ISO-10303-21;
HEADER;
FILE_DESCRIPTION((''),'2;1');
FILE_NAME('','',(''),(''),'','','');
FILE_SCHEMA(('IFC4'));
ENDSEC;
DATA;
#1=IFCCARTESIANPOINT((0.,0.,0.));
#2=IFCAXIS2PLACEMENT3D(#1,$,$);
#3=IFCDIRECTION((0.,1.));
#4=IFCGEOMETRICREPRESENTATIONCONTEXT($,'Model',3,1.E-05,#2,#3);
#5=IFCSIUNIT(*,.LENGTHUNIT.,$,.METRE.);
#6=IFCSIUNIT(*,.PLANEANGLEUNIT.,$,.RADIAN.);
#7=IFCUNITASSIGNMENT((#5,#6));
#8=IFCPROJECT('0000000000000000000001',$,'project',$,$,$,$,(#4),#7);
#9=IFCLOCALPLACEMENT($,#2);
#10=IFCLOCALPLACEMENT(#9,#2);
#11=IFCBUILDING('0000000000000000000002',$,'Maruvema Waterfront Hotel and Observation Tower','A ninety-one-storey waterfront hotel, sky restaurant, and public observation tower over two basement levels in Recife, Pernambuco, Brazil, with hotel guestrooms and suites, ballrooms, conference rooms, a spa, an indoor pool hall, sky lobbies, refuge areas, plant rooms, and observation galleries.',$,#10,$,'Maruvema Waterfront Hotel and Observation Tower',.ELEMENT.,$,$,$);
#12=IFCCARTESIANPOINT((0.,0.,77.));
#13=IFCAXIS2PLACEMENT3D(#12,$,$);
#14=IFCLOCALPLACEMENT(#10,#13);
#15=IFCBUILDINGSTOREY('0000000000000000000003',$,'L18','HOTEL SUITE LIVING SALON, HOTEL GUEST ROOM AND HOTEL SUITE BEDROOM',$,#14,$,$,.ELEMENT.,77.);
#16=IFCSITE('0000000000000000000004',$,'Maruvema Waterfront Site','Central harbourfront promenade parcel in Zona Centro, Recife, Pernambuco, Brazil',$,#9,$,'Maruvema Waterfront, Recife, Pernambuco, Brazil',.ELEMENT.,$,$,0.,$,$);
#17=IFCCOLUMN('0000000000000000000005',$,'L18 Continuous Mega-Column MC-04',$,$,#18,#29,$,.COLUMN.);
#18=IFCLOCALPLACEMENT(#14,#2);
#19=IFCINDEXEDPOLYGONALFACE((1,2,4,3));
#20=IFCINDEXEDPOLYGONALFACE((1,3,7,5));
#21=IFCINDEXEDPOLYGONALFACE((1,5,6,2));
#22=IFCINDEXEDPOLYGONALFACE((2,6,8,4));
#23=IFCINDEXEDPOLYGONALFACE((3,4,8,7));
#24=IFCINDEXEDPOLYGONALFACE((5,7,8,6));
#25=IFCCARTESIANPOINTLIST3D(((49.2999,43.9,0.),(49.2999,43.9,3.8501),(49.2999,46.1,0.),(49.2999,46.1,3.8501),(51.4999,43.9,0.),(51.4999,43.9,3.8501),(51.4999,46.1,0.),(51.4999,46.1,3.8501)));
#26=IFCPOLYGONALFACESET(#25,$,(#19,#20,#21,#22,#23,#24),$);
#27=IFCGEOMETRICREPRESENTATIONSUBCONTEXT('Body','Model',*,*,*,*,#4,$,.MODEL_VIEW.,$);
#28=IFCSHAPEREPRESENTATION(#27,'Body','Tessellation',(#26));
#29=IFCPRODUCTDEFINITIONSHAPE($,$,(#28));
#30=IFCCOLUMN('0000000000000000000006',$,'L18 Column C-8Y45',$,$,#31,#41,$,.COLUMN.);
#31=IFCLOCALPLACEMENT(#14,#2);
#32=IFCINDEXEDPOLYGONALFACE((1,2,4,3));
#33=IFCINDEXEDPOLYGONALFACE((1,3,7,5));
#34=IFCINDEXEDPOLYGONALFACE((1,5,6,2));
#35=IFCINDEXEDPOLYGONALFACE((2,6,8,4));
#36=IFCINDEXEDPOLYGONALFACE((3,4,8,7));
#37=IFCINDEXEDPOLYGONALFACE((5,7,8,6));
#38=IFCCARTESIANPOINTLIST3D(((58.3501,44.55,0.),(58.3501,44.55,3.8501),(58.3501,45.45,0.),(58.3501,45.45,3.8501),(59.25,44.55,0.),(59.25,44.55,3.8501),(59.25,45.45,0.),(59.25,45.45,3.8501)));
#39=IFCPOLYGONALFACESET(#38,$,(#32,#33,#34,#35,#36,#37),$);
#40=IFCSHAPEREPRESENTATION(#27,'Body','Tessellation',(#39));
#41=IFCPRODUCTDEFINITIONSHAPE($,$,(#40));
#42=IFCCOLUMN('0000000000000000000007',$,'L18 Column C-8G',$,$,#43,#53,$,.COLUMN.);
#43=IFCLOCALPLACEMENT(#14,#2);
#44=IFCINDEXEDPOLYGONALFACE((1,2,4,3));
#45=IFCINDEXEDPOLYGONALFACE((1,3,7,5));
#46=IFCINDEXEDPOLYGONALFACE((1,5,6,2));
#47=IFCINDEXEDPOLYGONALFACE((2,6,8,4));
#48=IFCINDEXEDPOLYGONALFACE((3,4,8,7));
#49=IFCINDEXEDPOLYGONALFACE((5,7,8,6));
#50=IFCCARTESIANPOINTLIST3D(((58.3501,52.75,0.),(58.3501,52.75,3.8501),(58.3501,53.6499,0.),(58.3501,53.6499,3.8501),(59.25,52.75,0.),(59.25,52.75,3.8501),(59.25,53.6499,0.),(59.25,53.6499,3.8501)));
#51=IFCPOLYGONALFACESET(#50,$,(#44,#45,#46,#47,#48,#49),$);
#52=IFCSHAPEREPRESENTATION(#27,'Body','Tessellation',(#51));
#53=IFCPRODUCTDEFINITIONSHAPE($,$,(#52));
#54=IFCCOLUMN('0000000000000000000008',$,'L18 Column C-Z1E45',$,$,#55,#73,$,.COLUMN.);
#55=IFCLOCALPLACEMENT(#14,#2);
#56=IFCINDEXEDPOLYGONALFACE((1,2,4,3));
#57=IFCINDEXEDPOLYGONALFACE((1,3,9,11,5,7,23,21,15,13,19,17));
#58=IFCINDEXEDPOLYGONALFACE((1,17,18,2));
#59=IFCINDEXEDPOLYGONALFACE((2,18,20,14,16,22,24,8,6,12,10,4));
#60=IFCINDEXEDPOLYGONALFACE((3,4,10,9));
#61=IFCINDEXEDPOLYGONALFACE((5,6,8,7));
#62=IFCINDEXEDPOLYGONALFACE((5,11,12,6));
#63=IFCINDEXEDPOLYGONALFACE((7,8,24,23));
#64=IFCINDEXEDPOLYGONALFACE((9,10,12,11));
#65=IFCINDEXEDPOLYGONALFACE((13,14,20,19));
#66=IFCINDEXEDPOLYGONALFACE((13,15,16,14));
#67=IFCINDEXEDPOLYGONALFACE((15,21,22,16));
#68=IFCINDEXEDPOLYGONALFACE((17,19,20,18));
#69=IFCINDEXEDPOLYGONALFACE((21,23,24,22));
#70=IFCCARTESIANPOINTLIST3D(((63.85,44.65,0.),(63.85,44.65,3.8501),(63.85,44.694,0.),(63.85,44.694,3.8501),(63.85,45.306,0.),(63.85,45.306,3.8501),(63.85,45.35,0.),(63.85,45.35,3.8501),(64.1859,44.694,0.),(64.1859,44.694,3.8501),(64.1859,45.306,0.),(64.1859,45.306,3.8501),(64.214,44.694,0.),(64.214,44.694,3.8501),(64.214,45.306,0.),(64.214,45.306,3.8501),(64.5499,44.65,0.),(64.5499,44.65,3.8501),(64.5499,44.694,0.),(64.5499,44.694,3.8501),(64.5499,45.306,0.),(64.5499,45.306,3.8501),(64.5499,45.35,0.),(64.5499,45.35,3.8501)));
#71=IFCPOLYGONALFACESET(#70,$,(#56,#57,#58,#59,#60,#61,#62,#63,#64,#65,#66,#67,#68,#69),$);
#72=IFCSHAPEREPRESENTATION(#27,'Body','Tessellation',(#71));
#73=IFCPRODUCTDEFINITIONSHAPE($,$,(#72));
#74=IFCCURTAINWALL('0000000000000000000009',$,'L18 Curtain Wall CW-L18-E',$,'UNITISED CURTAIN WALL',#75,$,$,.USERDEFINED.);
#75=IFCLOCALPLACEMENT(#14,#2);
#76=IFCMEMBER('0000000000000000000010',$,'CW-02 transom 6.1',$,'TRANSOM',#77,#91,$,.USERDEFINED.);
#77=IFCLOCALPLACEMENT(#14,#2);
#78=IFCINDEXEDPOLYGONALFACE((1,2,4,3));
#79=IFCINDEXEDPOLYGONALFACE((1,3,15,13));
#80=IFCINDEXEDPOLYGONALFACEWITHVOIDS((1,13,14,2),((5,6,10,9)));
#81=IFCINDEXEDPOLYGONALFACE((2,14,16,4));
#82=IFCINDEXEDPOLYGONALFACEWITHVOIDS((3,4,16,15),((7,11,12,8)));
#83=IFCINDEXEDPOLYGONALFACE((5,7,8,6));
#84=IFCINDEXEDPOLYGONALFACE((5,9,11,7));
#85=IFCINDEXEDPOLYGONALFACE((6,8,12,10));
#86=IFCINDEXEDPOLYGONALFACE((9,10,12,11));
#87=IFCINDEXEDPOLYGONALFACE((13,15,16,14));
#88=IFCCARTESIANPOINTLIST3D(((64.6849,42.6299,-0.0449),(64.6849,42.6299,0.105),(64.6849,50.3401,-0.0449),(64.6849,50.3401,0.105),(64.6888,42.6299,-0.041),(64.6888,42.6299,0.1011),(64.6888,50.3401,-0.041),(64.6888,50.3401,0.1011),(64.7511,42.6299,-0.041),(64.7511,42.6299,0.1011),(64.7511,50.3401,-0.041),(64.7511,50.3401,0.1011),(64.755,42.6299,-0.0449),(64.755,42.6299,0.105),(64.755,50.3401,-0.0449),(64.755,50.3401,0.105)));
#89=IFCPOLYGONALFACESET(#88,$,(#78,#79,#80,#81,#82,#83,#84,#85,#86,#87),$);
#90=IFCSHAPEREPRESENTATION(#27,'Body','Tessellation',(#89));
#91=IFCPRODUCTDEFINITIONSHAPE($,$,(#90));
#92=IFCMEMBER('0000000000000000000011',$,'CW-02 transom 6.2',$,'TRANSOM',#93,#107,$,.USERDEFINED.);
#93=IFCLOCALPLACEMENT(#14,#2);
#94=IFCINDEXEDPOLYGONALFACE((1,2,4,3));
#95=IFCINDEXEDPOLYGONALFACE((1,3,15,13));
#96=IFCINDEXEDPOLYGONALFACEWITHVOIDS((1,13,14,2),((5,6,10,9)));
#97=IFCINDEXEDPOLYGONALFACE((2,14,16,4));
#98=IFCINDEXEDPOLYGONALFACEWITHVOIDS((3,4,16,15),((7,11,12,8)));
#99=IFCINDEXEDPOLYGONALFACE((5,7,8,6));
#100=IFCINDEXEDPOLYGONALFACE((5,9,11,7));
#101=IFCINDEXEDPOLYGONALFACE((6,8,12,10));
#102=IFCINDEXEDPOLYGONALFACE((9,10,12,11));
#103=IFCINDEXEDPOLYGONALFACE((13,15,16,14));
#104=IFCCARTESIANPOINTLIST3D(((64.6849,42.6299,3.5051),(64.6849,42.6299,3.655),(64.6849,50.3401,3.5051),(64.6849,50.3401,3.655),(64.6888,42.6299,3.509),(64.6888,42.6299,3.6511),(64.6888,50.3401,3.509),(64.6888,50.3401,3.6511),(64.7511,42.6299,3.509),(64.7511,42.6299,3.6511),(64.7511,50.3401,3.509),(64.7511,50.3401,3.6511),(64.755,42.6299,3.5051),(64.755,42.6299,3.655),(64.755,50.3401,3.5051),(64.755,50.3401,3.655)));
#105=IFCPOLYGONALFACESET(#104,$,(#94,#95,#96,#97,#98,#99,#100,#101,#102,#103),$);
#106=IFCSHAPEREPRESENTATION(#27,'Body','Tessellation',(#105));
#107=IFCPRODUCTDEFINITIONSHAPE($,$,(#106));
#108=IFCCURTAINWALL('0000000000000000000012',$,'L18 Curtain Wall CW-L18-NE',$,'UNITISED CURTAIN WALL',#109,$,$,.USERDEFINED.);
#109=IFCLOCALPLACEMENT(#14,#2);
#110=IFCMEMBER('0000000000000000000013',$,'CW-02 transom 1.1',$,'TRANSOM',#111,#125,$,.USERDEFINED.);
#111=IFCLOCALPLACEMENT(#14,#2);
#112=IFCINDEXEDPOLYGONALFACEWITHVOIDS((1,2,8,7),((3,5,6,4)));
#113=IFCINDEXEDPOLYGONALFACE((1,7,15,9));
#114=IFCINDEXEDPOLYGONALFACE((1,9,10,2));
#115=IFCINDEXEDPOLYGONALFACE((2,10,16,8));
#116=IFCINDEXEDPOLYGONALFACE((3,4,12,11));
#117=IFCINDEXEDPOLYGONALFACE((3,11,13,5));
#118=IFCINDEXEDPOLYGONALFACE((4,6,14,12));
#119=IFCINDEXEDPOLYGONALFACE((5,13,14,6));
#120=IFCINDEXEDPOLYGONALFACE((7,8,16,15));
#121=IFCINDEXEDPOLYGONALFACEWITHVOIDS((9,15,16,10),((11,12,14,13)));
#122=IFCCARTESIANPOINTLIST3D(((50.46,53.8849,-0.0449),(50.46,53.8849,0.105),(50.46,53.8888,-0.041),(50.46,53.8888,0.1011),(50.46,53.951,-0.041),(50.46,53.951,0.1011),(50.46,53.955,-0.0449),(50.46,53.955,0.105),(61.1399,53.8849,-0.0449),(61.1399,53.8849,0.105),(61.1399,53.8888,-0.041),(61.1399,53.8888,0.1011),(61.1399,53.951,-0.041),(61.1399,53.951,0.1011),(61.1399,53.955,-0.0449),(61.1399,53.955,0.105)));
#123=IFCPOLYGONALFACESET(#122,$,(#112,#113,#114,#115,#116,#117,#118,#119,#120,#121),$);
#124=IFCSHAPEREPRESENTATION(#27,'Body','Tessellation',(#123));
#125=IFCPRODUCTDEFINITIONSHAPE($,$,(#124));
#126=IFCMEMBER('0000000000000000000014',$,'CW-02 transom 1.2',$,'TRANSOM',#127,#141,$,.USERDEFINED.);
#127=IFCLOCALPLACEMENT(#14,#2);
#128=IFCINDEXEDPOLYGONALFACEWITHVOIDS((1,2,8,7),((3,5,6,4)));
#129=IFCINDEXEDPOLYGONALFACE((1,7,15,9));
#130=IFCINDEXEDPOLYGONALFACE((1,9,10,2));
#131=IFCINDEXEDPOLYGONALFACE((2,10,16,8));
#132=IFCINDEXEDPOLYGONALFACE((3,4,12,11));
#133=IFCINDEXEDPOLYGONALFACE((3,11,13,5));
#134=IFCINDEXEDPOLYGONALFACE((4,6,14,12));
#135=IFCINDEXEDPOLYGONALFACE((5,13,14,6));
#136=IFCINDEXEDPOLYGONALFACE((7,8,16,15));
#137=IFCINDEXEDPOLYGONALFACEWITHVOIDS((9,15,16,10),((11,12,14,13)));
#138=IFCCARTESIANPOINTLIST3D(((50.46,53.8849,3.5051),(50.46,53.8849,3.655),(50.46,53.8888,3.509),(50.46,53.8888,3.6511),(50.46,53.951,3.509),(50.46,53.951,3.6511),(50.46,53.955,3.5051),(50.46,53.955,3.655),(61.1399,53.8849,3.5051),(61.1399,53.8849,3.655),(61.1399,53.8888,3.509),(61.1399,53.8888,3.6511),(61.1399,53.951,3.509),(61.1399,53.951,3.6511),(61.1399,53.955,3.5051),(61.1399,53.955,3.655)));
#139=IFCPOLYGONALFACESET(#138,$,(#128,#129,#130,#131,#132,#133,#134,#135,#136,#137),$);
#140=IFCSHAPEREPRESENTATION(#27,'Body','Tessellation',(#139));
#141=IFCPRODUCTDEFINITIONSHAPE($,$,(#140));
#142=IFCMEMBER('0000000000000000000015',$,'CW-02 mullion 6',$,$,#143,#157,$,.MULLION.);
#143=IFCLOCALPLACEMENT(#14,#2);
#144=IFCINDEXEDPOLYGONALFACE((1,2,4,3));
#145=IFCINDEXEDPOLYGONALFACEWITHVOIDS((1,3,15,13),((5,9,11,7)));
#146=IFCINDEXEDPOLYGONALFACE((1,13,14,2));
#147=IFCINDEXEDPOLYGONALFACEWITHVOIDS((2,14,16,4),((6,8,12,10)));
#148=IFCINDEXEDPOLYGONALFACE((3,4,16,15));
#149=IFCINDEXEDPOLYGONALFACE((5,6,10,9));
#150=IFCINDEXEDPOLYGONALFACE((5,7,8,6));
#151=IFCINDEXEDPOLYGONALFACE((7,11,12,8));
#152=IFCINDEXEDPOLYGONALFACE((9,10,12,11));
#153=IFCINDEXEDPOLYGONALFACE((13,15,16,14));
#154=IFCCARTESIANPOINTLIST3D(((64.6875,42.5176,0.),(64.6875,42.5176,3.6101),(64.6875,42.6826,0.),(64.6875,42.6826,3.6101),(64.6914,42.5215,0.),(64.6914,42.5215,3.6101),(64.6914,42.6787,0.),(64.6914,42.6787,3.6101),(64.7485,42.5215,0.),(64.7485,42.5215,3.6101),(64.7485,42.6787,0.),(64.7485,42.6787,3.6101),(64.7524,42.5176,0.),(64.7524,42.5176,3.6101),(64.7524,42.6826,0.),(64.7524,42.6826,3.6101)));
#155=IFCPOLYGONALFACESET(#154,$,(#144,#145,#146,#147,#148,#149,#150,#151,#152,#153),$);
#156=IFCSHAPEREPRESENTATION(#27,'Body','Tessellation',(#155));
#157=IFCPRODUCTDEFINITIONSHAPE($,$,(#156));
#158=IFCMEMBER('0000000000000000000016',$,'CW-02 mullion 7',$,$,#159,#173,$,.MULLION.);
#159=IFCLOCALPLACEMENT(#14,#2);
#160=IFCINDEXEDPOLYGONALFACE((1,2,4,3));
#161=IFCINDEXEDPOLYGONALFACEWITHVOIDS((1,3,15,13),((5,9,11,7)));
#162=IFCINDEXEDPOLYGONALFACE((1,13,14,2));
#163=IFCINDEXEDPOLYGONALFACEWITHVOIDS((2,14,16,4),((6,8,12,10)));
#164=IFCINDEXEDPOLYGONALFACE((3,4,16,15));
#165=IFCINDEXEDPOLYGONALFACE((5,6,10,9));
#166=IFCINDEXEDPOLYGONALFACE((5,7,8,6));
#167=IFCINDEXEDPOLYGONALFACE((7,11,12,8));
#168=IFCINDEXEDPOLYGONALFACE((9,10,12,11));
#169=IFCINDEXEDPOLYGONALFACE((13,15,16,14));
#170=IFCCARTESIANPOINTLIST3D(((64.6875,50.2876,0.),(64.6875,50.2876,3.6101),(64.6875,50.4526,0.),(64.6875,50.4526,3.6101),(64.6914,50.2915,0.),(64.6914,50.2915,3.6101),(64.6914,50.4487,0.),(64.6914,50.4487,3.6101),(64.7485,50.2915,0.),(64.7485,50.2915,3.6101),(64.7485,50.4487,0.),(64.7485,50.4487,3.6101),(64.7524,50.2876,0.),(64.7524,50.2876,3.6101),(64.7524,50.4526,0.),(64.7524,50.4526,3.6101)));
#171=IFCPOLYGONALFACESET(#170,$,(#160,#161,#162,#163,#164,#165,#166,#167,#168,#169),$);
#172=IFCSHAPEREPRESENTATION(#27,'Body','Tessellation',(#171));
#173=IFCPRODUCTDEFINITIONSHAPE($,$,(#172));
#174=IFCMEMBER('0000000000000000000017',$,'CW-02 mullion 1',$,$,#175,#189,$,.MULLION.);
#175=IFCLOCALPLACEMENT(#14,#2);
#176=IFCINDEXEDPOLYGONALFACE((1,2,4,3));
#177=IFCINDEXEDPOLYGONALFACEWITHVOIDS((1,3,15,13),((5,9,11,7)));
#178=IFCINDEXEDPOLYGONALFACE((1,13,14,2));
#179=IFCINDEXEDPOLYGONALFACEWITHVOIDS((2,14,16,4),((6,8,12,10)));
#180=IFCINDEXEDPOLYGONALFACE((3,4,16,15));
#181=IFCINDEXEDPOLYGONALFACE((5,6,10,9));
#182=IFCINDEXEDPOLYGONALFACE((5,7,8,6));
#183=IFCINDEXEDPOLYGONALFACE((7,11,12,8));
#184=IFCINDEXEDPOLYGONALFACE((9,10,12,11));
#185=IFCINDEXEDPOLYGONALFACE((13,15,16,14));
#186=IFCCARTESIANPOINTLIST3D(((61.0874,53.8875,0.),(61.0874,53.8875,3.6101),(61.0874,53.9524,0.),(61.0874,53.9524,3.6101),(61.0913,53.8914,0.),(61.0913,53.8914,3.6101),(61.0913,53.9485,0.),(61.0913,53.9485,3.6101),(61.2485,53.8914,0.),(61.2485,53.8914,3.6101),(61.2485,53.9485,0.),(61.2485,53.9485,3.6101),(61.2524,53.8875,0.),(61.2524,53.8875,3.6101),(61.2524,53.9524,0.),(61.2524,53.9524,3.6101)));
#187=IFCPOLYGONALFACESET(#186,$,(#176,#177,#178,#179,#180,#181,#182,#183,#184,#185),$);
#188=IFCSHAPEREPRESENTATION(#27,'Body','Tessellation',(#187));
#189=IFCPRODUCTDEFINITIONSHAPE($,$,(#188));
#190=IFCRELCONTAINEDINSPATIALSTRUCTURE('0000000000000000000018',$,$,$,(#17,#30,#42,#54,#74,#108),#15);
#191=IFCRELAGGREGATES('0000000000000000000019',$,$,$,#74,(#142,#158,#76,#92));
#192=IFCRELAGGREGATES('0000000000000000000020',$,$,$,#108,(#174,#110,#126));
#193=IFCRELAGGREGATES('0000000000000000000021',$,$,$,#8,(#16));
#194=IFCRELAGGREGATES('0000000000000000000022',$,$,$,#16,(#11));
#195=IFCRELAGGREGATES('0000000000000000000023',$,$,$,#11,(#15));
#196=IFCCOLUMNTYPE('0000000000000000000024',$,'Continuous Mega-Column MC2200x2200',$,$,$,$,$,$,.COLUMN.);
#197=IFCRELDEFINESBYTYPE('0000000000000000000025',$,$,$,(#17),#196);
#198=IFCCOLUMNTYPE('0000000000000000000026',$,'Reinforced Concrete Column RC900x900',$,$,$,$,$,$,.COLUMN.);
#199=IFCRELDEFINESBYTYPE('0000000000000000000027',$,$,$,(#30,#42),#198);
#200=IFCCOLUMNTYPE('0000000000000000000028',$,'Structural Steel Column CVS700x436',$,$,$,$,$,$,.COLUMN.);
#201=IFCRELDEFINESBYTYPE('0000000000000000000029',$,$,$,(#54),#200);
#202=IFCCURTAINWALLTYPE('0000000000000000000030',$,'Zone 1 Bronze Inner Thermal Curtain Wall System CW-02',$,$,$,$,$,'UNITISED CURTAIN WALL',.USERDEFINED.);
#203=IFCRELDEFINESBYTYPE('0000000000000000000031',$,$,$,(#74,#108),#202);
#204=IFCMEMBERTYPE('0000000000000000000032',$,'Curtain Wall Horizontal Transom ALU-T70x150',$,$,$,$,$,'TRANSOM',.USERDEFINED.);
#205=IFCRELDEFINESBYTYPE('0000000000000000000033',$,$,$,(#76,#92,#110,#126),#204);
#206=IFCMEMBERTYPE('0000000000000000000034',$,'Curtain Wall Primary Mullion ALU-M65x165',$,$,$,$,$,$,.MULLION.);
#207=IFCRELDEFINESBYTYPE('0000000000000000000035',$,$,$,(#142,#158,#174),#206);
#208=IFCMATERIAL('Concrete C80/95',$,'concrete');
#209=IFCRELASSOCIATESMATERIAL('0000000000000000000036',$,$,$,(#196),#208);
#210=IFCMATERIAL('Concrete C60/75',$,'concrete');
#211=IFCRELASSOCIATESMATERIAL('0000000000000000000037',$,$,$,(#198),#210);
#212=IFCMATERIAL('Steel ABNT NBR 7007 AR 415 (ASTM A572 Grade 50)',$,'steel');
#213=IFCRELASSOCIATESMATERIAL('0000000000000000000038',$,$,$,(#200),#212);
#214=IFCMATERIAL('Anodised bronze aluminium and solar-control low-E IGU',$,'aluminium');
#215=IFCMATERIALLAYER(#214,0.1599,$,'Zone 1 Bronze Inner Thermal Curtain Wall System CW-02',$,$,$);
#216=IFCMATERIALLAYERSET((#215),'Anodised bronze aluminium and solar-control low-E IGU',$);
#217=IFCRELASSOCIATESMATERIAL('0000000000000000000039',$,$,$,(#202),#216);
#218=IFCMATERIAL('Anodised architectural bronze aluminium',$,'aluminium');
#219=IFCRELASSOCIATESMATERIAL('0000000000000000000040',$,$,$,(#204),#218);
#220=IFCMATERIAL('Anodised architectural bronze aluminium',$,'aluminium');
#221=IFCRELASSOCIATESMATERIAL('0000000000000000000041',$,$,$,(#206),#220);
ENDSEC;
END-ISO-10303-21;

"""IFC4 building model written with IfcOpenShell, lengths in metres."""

from ifc_helpers import new_model, si_unit, direction, frame, origin, origin_2d, place, context, subcontext, project, spatial, rectangle, hollow_rectangle, i_section, extrude, material, layer, layer_set, material_profile, profile_set, type_object, element, aggregate, save


model = new_model("IFC4")

# Units and contexts
model_context = context("Model", 3, precision=1e-05, world=origin(), true_north=direction((0.0, 1.0)))
body_context = subcontext(model_context, "Body", "Model", "MODEL_VIEW")
ifc_project = project(units=[si_unit("LENGTHUNIT", "METRE"), si_unit("PLANEANGLEUNIT", "RADIAN")], contexts=[model_context])

# Site, building, storey
site_placement = place(None, origin())
site = spatial("IfcSite", under=ifc_project, at=site_placement, Name="Maruvema Waterfront Site", Description="Central harbourfront promenade parcel in Zona Centro, Recife, Pernambuco, Brazil", LongName="Maruvema Waterfront, Recife, Pernambuco, Brazil", CompositionType="ELEMENT", RefElevation=0.0)
building_placement = place(site_placement, origin())
building = spatial("IfcBuilding", under=site, at=building_placement, Name="Maruvema Waterfront Hotel and Observation Tower", Description="A ninety-one-storey waterfront hotel, sky restaurant, and public observation tower over two basement levels in Recife, Pernambuco, Brazil, with hotel guestrooms and suites, ballrooms, conference rooms, a spa, an indoor pool hall, sky lobbies, refuge areas, plant rooms, and observation galleries.", LongName="Maruvema Waterfront Hotel and Observation Tower", CompositionType="ELEMENT")
storey_placement = place(building_placement, frame((0.0, 0.0, 77.0)))
storey = spatial("IfcBuildingStorey", under=building, at=storey_placement, Name="L18", Description="HOTEL SUITE LIVING SALON, HOTEL GUEST ROOM AND HOTEL SUITE BEDROOM", CompositionType="ELEMENT", Elevation=77.0)

# Columns
ifc_material_1 = material(Name="Concrete C80/95", Category="concrete")
ifc_material_profile_1 = material_profile(ifc_material_1, rectangle(XDim=2.2, YDim=2.2, at=origin_2d()), Name="MC2200x2200")
ifc_profile_set_1 = profile_set([ifc_material_profile_1], Name="Concrete C80/95")
column_type_1 = type_object("IfcColumnType", Name="Continuous Mega-Column MC2200x2200", PredefinedType="COLUMN", material=ifc_profile_set_1)
column_1_placement = place(storey_placement, frame((50.3999, 45.0, 0.0), z_axis=(0.0, 0.0, 1.0), x_axis=(1.0, 0.0, 0.0)))
element("IfcColumn", 1, at=column_1_placement, inside=storey, type_object=column_type_1, Name="L18 Continuous Mega-Column MC-04", PredefinedType="COLUMN", context=body_context, shape_type="SweptSolid", body=[
    extrude(rectangle(XDim=2.2, YDim=2.2, at=origin_2d()), origin(), (0.0, 0.0, 1.0), 3.8501),
])
ifc_material_2 = material(Name="Concrete C60/75", Category="concrete")
ifc_material_profile_2 = material_profile(ifc_material_2, rectangle(XDim=0.8999, YDim=0.8999, at=origin_2d()), Name="RC900x900")
ifc_profile_set_2 = profile_set([ifc_material_profile_2], Name="Concrete C60/75")
column_type_2 = type_object("IfcColumnType", Name="Reinforced Concrete Column RC900x900", PredefinedType="COLUMN", material=ifc_profile_set_2)
for number, where, z_axis, x_axis, name in (
    (2, (58.8, 45.0, 0.0), (0.0, 0.0, 1.0), (1.0, 0.0, 0.0), "L18 Column C-8Y45"),
    (3, (58.8, 53.2, 0.0), (0.0, 0.0, 1.0), (1.0, 0.0, 0.0), "L18 Column C-8G"),
):
    element("IfcColumn", number, at=place(storey_placement, frame(where, z_axis=z_axis, x_axis=x_axis)), inside=storey, type_object=column_type_2, Name=name, PredefinedType="COLUMN", context=body_context, shape_type="SweptSolid", body=[
        extrude(rectangle(XDim=0.8999, YDim=0.8999, at=origin_2d()), origin(), (0.0, 0.0, 1.0), 3.8501),
    ])
ifc_material_3 = material(Name="Steel ABNT NBR 7007 AR 415 (ASTM A572 Grade 50)", Category="steel")
ifc_material_profile_3 = material_profile(ifc_material_3, i_section(OverallWidth=0.7, OverallDepth=0.7, WebThickness=0.0281, FlangeThickness=0.0439, at=origin_2d()), Name="CVS700x436")
ifc_profile_set_3 = profile_set([ifc_material_profile_3], Name="Steel ABNT NBR 7007 AR 415 (ASTM A572 Grade 50)")
column_type_3 = type_object("IfcColumnType", Name="Structural Steel Column CVS700x436", PredefinedType="COLUMN", material=ifc_profile_set_3)
column_2_placement = place(storey_placement, frame((64.2, 45.0, 0.0), z_axis=(0.0, 0.0, 1.0), x_axis=(1.0, 0.0, 0.0)))
element("IfcColumn", 4, at=column_2_placement, inside=storey, type_object=column_type_3, Name="L18 Column C-Z1E45", PredefinedType="COLUMN", context=body_context, shape_type="SweptSolid", body=[
    extrude(i_section(OverallWidth=0.7, OverallDepth=0.7, WebThickness=0.0281, FlangeThickness=0.0439, at=origin_2d()), origin(), (0.0, 0.0, 1.0), 3.8501),
])

# Curtain walls, members
ifc_material_4 = material(Name="Anodised bronze aluminium and solar-control low-E IGU", Category="aluminium")
ifc_layer_1 = layer(ifc_material_4, 0.1599, Name="Zone 1 Bronze Inner Thermal Curtain Wall System CW-02")
ifc_layer_set_1 = layer_set([ifc_layer_1], Name="Anodised bronze aluminium and solar-control low-E IGU")
curtain_wall_type = type_object("IfcCurtainWallType", Name="Zone 1 Bronze Inner Thermal Curtain Wall System CW-02", ElementType="UNITISED CURTAIN WALL", PredefinedType="USERDEFINED", material=ifc_layer_set_1)
curtain_wall_1_placement = place(storey_placement, origin())
curtain_wall_1 = element("IfcCurtainWall", 5, at=curtain_wall_1_placement, inside=storey, type_object=curtain_wall_type, Name="L18 Curtain Wall CW-L18-E", ObjectType="UNITISED CURTAIN WALL", PredefinedType="USERDEFINED")
ifc_material_5 = material(Name="Anodised architectural bronze aluminium", Category="aluminium")
ifc_material_profile_4 = material_profile(ifc_material_5, hollow_rectangle(XDim=0.0701, YDim=0.1499, WallThickness=0.0039, at=origin_2d()), Name="ALU-T70x150")
ifc_profile_set_4 = profile_set([ifc_material_profile_4], Name="Anodised architectural bronze aluminium")
member_type_1 = type_object("IfcMemberType", Name="Curtain Wall Horizontal Transom ALU-T70x150", ElementType="TRANSOM", PredefinedType="USERDEFINED", material=ifc_profile_set_4)
member_1_placement = place(storey_placement, frame((64.72, 42.6299, 0.03), z_axis=(0.0, 1.0, 0.0), x_axis=(-1.0, 0.0, 0.0)))
member_1 = element("IfcMember", 6, at=member_1_placement, type_object=member_type_1, Name="CW-02 transom 6.1", ObjectType="TRANSOM", PredefinedType="USERDEFINED", context=body_context, shape_type="SweptSolid", body=[
    extrude(hollow_rectangle(XDim=0.0701, YDim=0.1499, WallThickness=0.0039, at=origin_2d()), origin(), (0.0, 0.0, 1.0), 7.7102),
])
member_2_placement = place(storey_placement, frame((64.72, 42.6299, 3.5801), z_axis=(0.0, 1.0, 0.0), x_axis=(-1.0, 0.0, 0.0)))
member_2 = element("IfcMember", 7, at=member_2_placement, type_object=member_type_1, Name="CW-02 transom 6.2", ObjectType="TRANSOM", PredefinedType="USERDEFINED", context=body_context, shape_type="SweptSolid", body=[
    extrude(hollow_rectangle(XDim=0.0701, YDim=0.1499, WallThickness=0.0039, at=origin_2d()), origin(), (0.0, 0.0, 1.0), 7.7102),
])
curtain_wall_2_placement = place(storey_placement, origin())
curtain_wall_2 = element("IfcCurtainWall", 8, at=curtain_wall_2_placement, inside=storey, type_object=curtain_wall_type, Name="L18 Curtain Wall CW-L18-NE", ObjectType="UNITISED CURTAIN WALL", PredefinedType="USERDEFINED")
member_3_placement = place(storey_placement, frame((61.1399, 53.9199, 0.03), z_axis=(-1.0, 0.0, 0.0), x_axis=(0.0, -1.0, 0.0)))
member_3 = element("IfcMember", 9, at=member_3_placement, type_object=member_type_1, Name="CW-02 transom 1.1", ObjectType="TRANSOM", PredefinedType="USERDEFINED", context=body_context, shape_type="SweptSolid", body=[
    extrude(hollow_rectangle(XDim=0.0701, YDim=0.1499, WallThickness=0.0039, at=origin_2d()), origin(), (0.0, 0.0, 1.0), 10.6799),
])
member_4_placement = place(storey_placement, frame((61.1399, 53.9199, 3.5801), z_axis=(-1.0, 0.0, 0.0), x_axis=(0.0, -1.0, 0.0)))
member_4 = element("IfcMember", 10, at=member_4_placement, type_object=member_type_1, Name="CW-02 transom 1.2", ObjectType="TRANSOM", PredefinedType="USERDEFINED", context=body_context, shape_type="SweptSolid", body=[
    extrude(hollow_rectangle(XDim=0.0701, YDim=0.1499, WallThickness=0.0039, at=origin_2d()), origin(), (0.0, 0.0, 1.0), 10.6799),
])

# Members
ifc_material_6 = material(Name="Anodised architectural bronze aluminium", Category="aluminium")
ifc_material_profile_5 = material_profile(ifc_material_6, hollow_rectangle(XDim=0.0649, YDim=0.165, WallThickness=0.0039, at=origin_2d()), Name="ALU-M65x165")
ifc_profile_set_5 = profile_set([ifc_material_profile_5], Name="Anodised architectural bronze aluminium")
member_type_2 = type_object("IfcMemberType", Name="Curtain Wall Primary Mullion ALU-M65x165", PredefinedType="MULLION", material=ifc_profile_set_5)
member_5_placement = place(storey_placement, frame((64.72, 42.6001, 0.0), z_axis=(0.0, 0.0, 1.0), x_axis=(-1.0, 0.0, 0.0)))
member_5 = element("IfcMember", 11, at=member_5_placement, type_object=member_type_2, Name="CW-02 mullion 6", PredefinedType="MULLION", context=body_context, shape_type="SweptSolid", body=[
    extrude(hollow_rectangle(XDim=0.0649, YDim=0.165, WallThickness=0.0039, at=origin_2d()), origin(), (0.0, 0.0, 1.0), 3.6101),
])
member_6_placement = place(storey_placement, frame((64.72, 50.3701, 0.0), z_axis=(0.0, 0.0, 1.0), x_axis=(-1.0, 0.0, 0.0)))
member_6 = element("IfcMember", 12, at=member_6_placement, type_object=member_type_2, Name="CW-02 mullion 7", PredefinedType="MULLION", context=body_context, shape_type="SweptSolid", body=[
    extrude(hollow_rectangle(XDim=0.0649, YDim=0.165, WallThickness=0.0039, at=origin_2d()), origin(), (0.0, 0.0, 1.0), 3.6101),
])
member_7_placement = place(storey_placement, frame((61.1699, 53.9199, 0.0), z_axis=(0.0, 0.0, 1.0), x_axis=(0.0, -1.0, 0.0)))
member_7 = element("IfcMember", 13, at=member_7_placement, type_object=member_type_2, Name="CW-02 mullion 1", PredefinedType="MULLION", context=body_context, shape_type="SweptSolid", body=[
    extrude(hollow_rectangle(XDim=0.0649, YDim=0.165, WallThickness=0.0039, at=origin_2d()), origin(), (0.0, 0.0, 1.0), 3.6101),
])

aggregate(curtain_wall_1, [member_5, member_6, member_1, member_2])
aggregate(curtain_wall_2, [member_7, member_3, member_4])

save(model, "model.ifc")
